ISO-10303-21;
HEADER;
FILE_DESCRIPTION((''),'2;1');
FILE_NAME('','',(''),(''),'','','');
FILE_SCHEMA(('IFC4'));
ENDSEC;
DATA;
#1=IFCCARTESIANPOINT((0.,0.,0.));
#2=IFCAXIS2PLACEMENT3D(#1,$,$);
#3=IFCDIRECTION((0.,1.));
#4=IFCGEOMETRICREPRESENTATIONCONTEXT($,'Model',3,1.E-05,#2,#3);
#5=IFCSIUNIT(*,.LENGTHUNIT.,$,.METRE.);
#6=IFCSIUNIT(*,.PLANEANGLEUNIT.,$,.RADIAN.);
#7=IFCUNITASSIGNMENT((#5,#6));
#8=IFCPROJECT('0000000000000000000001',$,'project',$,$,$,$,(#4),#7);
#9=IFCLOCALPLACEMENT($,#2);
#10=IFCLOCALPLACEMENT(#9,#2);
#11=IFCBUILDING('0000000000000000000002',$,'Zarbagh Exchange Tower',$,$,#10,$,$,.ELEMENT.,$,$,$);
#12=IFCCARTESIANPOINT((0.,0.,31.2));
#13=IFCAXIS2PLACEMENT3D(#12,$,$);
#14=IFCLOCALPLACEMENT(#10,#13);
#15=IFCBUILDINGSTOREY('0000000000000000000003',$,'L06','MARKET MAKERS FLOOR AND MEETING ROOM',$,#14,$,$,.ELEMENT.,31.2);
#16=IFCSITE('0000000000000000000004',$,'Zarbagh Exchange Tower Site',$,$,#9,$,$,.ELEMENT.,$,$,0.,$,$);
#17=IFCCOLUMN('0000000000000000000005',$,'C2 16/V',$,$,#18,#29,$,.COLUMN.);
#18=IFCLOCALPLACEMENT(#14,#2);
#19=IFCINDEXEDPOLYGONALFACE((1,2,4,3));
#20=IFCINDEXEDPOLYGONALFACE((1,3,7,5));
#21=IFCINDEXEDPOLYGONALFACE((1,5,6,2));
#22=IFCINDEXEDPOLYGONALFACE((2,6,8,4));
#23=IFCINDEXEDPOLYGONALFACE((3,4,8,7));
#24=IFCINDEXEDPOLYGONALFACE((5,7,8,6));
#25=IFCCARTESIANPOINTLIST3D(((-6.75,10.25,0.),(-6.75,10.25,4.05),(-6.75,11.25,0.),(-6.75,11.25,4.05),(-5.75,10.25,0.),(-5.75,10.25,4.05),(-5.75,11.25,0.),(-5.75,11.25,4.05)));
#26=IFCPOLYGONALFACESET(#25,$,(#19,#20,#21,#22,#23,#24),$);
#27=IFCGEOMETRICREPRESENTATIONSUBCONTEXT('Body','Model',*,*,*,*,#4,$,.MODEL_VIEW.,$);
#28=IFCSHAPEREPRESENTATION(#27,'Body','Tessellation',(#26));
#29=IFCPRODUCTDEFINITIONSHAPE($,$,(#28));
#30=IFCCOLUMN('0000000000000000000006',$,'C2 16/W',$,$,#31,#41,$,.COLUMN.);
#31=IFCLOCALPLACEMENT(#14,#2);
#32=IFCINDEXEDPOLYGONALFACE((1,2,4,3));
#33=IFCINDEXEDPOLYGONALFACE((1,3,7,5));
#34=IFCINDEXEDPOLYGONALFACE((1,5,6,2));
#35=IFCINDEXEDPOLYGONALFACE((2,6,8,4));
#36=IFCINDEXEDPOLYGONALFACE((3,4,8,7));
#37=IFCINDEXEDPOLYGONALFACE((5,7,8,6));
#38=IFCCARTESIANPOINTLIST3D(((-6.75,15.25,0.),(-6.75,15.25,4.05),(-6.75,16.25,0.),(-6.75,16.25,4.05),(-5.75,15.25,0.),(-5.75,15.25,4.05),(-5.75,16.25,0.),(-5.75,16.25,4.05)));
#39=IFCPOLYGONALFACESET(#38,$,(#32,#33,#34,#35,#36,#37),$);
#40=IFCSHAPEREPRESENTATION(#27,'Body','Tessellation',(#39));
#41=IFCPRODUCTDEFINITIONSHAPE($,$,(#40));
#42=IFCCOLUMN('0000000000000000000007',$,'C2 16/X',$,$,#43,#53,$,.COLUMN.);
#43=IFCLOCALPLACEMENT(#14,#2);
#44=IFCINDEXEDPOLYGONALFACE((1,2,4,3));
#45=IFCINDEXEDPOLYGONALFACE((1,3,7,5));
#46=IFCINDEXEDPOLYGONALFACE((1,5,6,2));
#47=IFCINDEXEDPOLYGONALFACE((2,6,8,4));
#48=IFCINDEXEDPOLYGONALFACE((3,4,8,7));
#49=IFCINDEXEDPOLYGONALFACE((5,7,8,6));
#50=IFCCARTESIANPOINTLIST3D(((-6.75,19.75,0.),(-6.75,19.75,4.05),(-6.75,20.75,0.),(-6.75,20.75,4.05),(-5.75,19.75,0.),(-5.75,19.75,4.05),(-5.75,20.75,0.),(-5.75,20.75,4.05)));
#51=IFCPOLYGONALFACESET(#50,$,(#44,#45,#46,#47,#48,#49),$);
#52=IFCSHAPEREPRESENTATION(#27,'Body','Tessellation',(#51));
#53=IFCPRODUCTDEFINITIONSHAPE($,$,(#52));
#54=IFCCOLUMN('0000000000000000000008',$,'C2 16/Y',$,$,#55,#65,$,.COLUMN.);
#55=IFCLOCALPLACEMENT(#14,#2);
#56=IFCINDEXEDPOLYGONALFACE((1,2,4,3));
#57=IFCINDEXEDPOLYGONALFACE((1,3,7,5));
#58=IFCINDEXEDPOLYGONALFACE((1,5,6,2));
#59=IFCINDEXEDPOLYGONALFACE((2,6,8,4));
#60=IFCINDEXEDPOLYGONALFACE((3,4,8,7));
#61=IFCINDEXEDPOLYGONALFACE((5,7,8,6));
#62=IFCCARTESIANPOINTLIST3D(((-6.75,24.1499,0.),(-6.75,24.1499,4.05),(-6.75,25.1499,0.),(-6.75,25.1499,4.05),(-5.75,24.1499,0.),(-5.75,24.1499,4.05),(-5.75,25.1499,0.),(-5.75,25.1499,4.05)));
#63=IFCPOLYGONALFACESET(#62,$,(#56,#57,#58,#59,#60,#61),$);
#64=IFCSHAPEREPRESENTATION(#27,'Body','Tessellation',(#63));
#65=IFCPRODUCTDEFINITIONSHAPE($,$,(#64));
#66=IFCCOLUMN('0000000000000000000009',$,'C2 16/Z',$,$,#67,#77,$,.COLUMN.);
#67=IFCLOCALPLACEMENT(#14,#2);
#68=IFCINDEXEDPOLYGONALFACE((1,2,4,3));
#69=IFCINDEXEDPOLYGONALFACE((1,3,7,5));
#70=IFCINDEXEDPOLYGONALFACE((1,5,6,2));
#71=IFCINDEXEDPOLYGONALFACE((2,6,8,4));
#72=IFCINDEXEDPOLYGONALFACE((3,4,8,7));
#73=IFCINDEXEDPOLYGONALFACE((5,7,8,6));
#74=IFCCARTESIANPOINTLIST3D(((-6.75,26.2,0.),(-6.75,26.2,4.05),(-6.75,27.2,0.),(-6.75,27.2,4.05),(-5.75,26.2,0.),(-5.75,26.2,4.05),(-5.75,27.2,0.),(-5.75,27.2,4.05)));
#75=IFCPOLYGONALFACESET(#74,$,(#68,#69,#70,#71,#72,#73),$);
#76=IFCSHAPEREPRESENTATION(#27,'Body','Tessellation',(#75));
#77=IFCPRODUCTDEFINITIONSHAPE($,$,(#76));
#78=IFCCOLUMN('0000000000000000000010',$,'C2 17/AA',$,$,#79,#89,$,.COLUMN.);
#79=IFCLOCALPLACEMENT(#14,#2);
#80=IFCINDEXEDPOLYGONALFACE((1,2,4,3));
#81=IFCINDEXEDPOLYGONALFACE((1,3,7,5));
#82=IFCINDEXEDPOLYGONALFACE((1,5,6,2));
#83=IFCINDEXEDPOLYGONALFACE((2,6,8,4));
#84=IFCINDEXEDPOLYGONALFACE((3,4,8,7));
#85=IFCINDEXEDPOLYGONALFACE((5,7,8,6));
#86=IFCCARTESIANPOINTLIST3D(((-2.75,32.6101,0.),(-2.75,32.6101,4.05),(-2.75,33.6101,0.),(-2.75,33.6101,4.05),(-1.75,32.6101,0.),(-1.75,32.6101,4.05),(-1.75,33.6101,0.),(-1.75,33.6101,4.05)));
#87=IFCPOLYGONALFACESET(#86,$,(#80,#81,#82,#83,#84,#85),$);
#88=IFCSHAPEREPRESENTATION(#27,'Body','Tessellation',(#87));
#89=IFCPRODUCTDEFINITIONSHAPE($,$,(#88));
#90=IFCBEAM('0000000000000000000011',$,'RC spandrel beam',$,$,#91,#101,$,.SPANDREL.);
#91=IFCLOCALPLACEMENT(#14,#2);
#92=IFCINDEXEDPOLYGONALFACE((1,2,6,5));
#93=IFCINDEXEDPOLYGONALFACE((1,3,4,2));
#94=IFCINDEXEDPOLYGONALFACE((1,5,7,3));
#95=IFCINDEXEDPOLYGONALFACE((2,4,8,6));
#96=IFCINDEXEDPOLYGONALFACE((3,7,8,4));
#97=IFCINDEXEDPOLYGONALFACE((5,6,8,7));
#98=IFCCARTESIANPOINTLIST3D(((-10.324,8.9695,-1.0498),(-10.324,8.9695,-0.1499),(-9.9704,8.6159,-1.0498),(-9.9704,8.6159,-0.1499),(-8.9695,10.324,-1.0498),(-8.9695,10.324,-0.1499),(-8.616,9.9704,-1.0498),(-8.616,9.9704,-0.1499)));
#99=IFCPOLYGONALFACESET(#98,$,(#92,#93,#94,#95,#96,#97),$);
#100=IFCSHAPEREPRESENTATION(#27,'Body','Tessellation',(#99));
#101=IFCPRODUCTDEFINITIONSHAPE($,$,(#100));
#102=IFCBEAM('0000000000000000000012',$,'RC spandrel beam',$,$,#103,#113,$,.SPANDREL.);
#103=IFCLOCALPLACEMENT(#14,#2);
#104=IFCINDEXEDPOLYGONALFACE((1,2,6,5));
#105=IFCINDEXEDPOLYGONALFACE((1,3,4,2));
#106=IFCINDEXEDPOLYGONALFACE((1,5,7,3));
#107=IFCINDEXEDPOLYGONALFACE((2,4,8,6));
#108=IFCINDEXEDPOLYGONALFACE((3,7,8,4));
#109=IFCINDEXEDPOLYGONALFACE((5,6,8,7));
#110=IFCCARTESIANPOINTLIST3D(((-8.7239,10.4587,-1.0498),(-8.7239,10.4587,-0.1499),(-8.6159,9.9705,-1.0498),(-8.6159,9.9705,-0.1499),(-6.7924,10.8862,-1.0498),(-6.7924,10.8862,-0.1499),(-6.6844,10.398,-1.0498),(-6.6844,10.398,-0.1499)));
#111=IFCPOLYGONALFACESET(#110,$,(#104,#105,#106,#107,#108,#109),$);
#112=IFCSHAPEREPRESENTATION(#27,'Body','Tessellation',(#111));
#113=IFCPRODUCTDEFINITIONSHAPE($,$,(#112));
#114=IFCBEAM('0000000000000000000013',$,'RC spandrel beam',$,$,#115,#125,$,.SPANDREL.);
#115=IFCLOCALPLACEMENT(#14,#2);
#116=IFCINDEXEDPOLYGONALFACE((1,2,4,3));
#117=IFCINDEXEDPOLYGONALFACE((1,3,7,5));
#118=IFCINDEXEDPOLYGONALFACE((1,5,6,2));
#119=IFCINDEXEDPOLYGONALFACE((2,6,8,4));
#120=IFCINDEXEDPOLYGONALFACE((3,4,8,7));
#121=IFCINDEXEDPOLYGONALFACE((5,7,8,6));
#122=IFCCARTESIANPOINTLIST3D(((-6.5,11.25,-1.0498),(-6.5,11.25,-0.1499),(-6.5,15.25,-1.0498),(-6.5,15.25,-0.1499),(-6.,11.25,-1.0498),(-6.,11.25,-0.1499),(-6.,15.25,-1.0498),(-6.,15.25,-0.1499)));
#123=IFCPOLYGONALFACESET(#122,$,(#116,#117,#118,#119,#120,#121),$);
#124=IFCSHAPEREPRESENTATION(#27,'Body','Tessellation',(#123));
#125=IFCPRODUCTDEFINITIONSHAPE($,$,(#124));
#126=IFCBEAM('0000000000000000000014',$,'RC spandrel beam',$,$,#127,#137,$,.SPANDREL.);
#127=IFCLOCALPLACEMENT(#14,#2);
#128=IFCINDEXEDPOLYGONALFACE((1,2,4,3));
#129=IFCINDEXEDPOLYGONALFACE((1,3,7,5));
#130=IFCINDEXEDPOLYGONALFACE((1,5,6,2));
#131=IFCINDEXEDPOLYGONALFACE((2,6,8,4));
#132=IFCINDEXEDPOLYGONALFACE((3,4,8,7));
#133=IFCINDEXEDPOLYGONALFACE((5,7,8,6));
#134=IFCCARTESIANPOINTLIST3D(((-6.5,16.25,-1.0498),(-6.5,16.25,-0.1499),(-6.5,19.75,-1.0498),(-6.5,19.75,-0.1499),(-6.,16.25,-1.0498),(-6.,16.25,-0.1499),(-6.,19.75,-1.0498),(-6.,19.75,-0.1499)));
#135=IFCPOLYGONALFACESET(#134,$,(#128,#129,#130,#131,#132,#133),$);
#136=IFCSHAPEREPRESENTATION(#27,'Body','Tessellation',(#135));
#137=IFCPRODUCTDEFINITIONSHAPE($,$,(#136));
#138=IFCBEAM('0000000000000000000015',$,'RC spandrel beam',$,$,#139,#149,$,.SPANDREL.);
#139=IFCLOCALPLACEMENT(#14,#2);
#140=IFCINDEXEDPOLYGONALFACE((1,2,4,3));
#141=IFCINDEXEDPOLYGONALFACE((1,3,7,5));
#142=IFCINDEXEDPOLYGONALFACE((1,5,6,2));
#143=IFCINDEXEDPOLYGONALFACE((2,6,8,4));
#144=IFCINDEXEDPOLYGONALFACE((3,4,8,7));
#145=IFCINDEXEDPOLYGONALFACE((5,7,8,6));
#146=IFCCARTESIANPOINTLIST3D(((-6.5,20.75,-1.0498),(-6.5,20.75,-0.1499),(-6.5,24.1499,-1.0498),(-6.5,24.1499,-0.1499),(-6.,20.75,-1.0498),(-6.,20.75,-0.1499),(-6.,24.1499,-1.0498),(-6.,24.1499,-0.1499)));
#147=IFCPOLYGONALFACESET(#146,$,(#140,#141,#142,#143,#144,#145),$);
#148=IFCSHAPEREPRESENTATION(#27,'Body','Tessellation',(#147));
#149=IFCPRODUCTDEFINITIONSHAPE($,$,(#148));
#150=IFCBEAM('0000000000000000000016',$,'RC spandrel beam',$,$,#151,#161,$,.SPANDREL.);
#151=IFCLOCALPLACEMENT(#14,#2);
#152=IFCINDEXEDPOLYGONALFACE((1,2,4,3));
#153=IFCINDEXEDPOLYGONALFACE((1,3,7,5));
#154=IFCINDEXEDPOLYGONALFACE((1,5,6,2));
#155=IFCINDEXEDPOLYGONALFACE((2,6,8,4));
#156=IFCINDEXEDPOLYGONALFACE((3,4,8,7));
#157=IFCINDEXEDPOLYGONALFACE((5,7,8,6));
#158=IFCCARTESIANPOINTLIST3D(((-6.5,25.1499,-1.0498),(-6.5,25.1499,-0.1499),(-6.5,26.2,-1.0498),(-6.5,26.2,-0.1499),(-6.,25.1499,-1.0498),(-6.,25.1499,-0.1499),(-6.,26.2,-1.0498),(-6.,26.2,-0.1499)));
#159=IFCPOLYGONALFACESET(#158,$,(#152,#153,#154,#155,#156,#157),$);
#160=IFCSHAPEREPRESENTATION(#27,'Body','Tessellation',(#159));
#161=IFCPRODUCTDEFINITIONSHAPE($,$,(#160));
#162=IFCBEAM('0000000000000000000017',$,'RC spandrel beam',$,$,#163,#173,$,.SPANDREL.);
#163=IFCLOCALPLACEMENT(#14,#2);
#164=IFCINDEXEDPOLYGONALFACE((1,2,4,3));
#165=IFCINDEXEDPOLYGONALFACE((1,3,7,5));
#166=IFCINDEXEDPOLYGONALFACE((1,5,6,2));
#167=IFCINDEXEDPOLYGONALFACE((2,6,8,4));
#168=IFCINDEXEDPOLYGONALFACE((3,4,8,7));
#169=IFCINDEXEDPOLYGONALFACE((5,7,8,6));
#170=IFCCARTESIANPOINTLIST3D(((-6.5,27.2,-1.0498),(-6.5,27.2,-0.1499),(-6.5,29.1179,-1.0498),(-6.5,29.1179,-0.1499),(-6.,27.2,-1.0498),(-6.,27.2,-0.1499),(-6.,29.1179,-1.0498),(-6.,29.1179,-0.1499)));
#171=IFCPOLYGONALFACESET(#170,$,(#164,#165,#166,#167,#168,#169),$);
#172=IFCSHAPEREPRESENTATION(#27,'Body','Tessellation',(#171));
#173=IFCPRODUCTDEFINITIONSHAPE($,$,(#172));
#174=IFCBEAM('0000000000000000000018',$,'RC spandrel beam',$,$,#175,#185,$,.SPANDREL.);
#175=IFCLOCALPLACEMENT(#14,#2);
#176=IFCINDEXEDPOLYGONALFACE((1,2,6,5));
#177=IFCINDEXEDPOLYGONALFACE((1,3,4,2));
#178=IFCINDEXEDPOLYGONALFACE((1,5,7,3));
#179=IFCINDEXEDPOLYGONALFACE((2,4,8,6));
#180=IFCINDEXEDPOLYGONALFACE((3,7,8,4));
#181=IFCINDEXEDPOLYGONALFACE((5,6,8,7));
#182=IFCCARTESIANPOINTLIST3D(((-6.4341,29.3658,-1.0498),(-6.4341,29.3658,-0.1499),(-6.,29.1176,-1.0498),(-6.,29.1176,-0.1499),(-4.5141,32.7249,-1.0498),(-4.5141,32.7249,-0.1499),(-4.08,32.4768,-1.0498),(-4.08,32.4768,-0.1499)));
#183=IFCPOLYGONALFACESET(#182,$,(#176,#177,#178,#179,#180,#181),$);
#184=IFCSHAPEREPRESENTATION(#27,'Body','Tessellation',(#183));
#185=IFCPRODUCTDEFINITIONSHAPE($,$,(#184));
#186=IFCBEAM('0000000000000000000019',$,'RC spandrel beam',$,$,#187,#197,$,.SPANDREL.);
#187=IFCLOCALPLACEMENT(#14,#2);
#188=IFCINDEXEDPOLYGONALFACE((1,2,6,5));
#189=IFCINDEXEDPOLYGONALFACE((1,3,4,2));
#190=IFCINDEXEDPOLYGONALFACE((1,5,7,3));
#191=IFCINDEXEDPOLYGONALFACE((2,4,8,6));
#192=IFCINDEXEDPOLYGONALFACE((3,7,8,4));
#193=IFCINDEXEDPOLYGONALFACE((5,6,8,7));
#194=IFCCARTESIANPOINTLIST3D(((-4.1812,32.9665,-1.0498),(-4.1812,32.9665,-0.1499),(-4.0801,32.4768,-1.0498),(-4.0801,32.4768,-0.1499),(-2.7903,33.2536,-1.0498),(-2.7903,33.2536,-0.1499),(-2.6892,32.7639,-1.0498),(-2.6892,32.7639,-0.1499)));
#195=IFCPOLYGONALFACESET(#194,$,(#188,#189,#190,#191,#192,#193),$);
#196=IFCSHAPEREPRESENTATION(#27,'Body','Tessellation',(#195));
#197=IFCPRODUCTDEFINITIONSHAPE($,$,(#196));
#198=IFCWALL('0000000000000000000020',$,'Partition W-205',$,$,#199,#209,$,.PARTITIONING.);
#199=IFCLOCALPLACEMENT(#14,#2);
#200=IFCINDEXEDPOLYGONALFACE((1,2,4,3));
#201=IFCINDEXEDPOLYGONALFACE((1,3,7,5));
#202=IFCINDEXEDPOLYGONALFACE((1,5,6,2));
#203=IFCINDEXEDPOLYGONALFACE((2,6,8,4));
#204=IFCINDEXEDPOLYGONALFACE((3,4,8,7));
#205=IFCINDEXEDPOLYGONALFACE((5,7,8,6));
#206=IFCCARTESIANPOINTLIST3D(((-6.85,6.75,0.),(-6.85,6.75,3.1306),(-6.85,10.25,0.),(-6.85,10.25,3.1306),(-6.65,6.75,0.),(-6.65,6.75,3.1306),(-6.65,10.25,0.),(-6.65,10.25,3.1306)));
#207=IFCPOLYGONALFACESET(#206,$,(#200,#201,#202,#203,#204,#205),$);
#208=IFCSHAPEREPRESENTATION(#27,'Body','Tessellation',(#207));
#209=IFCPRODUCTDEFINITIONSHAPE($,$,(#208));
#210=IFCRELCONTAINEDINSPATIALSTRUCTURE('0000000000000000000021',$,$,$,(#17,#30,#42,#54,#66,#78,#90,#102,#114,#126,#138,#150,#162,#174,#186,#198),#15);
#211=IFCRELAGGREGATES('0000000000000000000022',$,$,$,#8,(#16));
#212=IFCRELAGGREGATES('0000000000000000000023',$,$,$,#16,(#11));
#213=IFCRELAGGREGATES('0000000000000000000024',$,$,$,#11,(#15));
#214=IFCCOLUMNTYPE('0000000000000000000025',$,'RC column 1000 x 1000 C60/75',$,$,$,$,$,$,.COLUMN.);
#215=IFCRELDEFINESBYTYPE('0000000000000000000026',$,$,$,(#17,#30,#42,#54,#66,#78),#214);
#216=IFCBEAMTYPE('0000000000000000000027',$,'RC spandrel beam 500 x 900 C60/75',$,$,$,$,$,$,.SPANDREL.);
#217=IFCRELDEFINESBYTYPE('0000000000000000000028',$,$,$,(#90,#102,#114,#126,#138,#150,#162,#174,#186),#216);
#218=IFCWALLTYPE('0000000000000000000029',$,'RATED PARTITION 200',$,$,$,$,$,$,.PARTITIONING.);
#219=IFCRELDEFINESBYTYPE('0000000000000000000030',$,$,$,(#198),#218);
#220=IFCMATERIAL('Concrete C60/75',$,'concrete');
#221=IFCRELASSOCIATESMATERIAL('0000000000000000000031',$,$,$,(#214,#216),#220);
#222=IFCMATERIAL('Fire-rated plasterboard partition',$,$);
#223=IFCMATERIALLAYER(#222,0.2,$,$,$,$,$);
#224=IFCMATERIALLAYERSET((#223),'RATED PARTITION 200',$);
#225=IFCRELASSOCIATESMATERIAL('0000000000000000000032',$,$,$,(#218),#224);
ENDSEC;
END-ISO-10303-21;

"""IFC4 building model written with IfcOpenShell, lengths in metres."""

from ifc_helpers import new_model, si_unit, direction, frame, frame_2d, origin, origin_2d, place, context, subcontext, project, spatial, rectangle, extrude, material, layer, layer_set, material_profile, profile_set, type_object, element, save


model = new_model("IFC4")

# Units and contexts
model_context = context("Model", 3, precision=1e-05, world=origin(), true_north=direction((0.0, 1.0)))
body_context = subcontext(model_context, "Body", "Model", "MODEL_VIEW")
ifc_project = project(units=[si_unit("LENGTHUNIT", "METRE"), si_unit("PLANEANGLEUNIT", "RADIAN")], contexts=[model_context])

# Site, building, storey
site_placement = place(None, origin())
site = spatial("IfcSite", under=ifc_project, at=site_placement, Name="Zarbagh Exchange Tower Site", CompositionType="ELEMENT", RefElevation=0.0)
building_placement = place(site_placement, origin())
building = spatial("IfcBuilding", under=site, at=building_placement, Name="Zarbagh Exchange Tower", CompositionType="ELEMENT")
storey_placement = place(building_placement, frame((0.0, 0.0, 31.2)))
storey = spatial("IfcBuildingStorey", under=building, at=storey_placement, Name="L06", Description="MARKET MAKERS FLOOR AND MEETING ROOM", CompositionType="ELEMENT", Elevation=31.2)

# Columns
ifc_material_1 = material(Name="Concrete C60/75", Category="concrete")
ifc_material_profile_1 = material_profile(ifc_material_1, rectangle(XDim=1.0, YDim=1.0, at=origin_2d()), Name="RC column 1000 x 1000 C60/75")
ifc_profile_set_1 = profile_set([ifc_material_profile_1], Name="Concrete C60/75")
column_type = type_object("IfcColumnType", Name="RC column 1000 x 1000 C60/75", PredefinedType="COLUMN", material=ifc_profile_set_1)
for number, where, z_axis, x_axis, name in (
    (1, (-6.25, 10.75, 0.0), (0.0, 0.0, 1.0), (1.0, 0.0, 0.0), "C2 16/V"),
    (2, (-6.25, 15.75, 0.0), (0.0, 0.0, 1.0), (1.0, 0.0, 0.0), "C2 16/W"),
    (3, (-6.25, 20.25, 0.0), (0.0, 0.0, 1.0), (1.0, 0.0, 0.0), "C2 16/X"),
    (4, (-6.25, 24.6499, 0.0), (0.0, 0.0, 1.0), (1.0, 0.0, 0.0), "C2 16/Y"),
    (5, (-6.25, 26.7, 0.0), (0.0, 0.0, 1.0), (1.0, 0.0, 0.0), "C2 16/Z"),
    (6, (-2.25, 33.1101, 0.0), (0.0, 0.0, 1.0), (1.0, 0.0, 0.0), "C2 17/AA"),
):
    element("IfcColumn", number, at=place(storey_placement, frame(where, z_axis=z_axis, x_axis=x_axis)), inside=storey, type_object=column_type, Name=name, PredefinedType="COLUMN", context=body_context, shape_type="SweptSolid", body=[
        extrude(rectangle(XDim=1.0, YDim=1.0, at=origin_2d()), origin(), (0.0, 0.0, 1.0), 4.05),
    ])

# Beams
ifc_material_profile_2 = material_profile(ifc_material_1, rectangle(XDim=0.5, YDim=0.8999, at=origin_2d()), Name="RC spandrel beam 500 x 900 C60/75")
ifc_profile_set_2 = profile_set([ifc_material_profile_2], Name="Concrete C60/75")
beam_type = type_object("IfcBeamType", Name="RC spandrel beam 500 x 900 C60/75", PredefinedType="SPANDREL", material=ifc_profile_set_2)
beam_1_placement = place(storey_placement, frame((-10.1472, 8.7927, -0.5999), z_axis=(0.707107, 0.707107, 0.0), x_axis=(-0.707107, 0.707107, 0.0)))
element("IfcBeam", 7, at=beam_1_placement, inside=storey, type_object=beam_type, Name="RC spandrel beam", PredefinedType="SPANDREL", context=body_context, shape_type="SweptSolid", body=[
    extrude(rectangle(XDim=0.5, YDim=0.8999, at=origin_2d()), origin(), (0.0, 0.0, 1.0), 1.9155),
])
beam_2_placement = place(storey_placement, frame((-8.6699, 10.2146, -0.5999), z_axis=(0.976375, 0.216081, 0.0), x_axis=(-0.216081, 0.976375, 0.0)))
element("IfcBeam", 8, at=beam_2_placement, inside=storey, type_object=beam_type, Name="RC spandrel beam", PredefinedType="SPANDREL", context=body_context, shape_type="SweptSolid", body=[
    extrude(rectangle(XDim=0.5, YDim=0.8999, at=origin_2d()), origin(), (0.0, 0.0, 1.0), 1.9783),
])
beam_3_placement = place(storey_placement, frame((-6.25, 11.25, -0.5999), z_axis=(0.0, 1.0, 0.0), x_axis=(-1.0, 0.0, 0.0)))
element("IfcBeam", 9, at=beam_3_placement, inside=storey, type_object=beam_type, Name="RC spandrel beam", PredefinedType="SPANDREL", context=body_context, shape_type="SweptSolid", body=[
    extrude(rectangle(XDim=0.5, YDim=0.8999, at=origin_2d()), origin(), (0.0, 0.0, 1.0), 4.0),
])
beam_4_placement = place(storey_placement, frame((-6.25, 16.25, -0.5999), z_axis=(0.0, 1.0, 0.0), x_axis=(-1.0, 0.0, 0.0)))
element("IfcBeam", 10, at=beam_4_placement, inside=storey, type_object=beam_type, Name="RC spandrel beam", PredefinedType="SPANDREL", context=body_context, shape_type="SweptSolid", body=[
    extrude(rectangle(XDim=0.5, YDim=0.8999, at=origin_2d()), origin(), (0.0, 0.0, 1.0), 3.5),
])
beam_5_placement = place(storey_placement, frame((-6.25, 20.75, -0.5999), z_axis=(0.0, 1.0, 0.0), x_axis=(-1.0, 0.0, 0.0)))
element("IfcBeam", 11, at=beam_5_placement, inside=storey, type_object=beam_type, Name="RC spandrel beam", PredefinedType="SPANDREL", context=body_context, shape_type="SweptSolid", body=[
    extrude(rectangle(XDim=0.5, YDim=0.8999, at=origin_2d()), origin(), (0.0, 0.0, 1.0), 3.3999),
])
beam_6_placement = place(storey_placement, frame((-6.25, 25.1499, -0.5999), z_axis=(0.0, 1.0, 0.0), x_axis=(-1.0, 0.0, 0.0)))
element("IfcBeam", 12, at=beam_6_placement, inside=storey, type_object=beam_type, Name="RC spandrel beam", PredefinedType="SPANDREL", context=body_context, shape_type="SweptSolid", body=[
    extrude(rectangle(XDim=0.5, YDim=0.8999, at=origin_2d()), origin(), (0.0, 0.0, 1.0), 1.05),
])
beam_7_placement = place(storey_placement, frame((-6.25, 27.2, -0.5999), z_axis=(0.0, 1.0, 0.0), x_axis=(-1.0, 0.0, 0.0)))
element("IfcBeam", 13, at=beam_7_placement, inside=storey, type_object=beam_type, Name="RC spandrel beam", PredefinedType="SPANDREL", context=body_context, shape_type="SweptSolid", body=[
    extrude(rectangle(XDim=0.5, YDim=0.8999, at=origin_2d()), origin(), (0.0, 0.0, 1.0), 1.918),
])
beam_8_placement = place(storey_placement, frame((-6.217, 29.2417, -0.5999), z_axis=(0.49622, 0.868197, 0.0), x_axis=(-0.868197, 0.49622, 0.0)))
element("IfcBeam", 14, at=beam_8_placement, inside=storey, type_object=beam_type, Name="RC spandrel beam", PredefinedType="SPANDREL", context=body_context, shape_type="SweptSolid", body=[
    extrude(rectangle(XDim=0.5, YDim=0.8999, at=origin_2d()), origin(), (0.0, 0.0, 1.0), 3.8691),
])
beam_9_placement = place(storey_placement, frame((-4.1306, 32.7217, -0.5999), z_axis=(0.979352, 0.202162, 0.0), x_axis=(-0.202162, 0.979352, 0.0)))
element("IfcBeam", 15, at=beam_9_placement, inside=storey, type_object=beam_type, Name="RC spandrel beam", PredefinedType="SPANDREL", context=body_context, shape_type="SweptSolid", body=[
    extrude(rectangle(XDim=0.5, YDim=0.8999, at=origin_2d()), origin(), (0.0, 0.0, 1.0), 1.4202),
])

# Wall
ifc_material_2 = material(Name="Fire-rated plasterboard partition")
ifc_layer_1 = layer(ifc_material_2, 0.2)
ifc_layer_set_1 = layer_set([ifc_layer_1], Name="RATED PARTITION 200")
wall_type_1 = type_object("IfcWallType", Name="RATED PARTITION 200", PredefinedType="PARTITIONING", material=ifc_layer_set_1)
wall_1_placement = place(storey_placement, frame((-6.75, 6.75, 0.0), z_axis=(0.0, 0.0, 1.0), x_axis=(0.0, 1.0, 0.0)))
element("IfcWall", 16, at=wall_1_placement, inside=storey, type_object=wall_type_1, Name="Partition W-205", PredefinedType="PARTITIONING", context=body_context, shape_type="SweptSolid", body=[
    extrude(rectangle(XDim=3.5, YDim=0.2, at=frame_2d((1.75, 0.0))), origin(), (0.0, 0.0, 1.0), 3.1306),
])

save(model, "model.ifc")
